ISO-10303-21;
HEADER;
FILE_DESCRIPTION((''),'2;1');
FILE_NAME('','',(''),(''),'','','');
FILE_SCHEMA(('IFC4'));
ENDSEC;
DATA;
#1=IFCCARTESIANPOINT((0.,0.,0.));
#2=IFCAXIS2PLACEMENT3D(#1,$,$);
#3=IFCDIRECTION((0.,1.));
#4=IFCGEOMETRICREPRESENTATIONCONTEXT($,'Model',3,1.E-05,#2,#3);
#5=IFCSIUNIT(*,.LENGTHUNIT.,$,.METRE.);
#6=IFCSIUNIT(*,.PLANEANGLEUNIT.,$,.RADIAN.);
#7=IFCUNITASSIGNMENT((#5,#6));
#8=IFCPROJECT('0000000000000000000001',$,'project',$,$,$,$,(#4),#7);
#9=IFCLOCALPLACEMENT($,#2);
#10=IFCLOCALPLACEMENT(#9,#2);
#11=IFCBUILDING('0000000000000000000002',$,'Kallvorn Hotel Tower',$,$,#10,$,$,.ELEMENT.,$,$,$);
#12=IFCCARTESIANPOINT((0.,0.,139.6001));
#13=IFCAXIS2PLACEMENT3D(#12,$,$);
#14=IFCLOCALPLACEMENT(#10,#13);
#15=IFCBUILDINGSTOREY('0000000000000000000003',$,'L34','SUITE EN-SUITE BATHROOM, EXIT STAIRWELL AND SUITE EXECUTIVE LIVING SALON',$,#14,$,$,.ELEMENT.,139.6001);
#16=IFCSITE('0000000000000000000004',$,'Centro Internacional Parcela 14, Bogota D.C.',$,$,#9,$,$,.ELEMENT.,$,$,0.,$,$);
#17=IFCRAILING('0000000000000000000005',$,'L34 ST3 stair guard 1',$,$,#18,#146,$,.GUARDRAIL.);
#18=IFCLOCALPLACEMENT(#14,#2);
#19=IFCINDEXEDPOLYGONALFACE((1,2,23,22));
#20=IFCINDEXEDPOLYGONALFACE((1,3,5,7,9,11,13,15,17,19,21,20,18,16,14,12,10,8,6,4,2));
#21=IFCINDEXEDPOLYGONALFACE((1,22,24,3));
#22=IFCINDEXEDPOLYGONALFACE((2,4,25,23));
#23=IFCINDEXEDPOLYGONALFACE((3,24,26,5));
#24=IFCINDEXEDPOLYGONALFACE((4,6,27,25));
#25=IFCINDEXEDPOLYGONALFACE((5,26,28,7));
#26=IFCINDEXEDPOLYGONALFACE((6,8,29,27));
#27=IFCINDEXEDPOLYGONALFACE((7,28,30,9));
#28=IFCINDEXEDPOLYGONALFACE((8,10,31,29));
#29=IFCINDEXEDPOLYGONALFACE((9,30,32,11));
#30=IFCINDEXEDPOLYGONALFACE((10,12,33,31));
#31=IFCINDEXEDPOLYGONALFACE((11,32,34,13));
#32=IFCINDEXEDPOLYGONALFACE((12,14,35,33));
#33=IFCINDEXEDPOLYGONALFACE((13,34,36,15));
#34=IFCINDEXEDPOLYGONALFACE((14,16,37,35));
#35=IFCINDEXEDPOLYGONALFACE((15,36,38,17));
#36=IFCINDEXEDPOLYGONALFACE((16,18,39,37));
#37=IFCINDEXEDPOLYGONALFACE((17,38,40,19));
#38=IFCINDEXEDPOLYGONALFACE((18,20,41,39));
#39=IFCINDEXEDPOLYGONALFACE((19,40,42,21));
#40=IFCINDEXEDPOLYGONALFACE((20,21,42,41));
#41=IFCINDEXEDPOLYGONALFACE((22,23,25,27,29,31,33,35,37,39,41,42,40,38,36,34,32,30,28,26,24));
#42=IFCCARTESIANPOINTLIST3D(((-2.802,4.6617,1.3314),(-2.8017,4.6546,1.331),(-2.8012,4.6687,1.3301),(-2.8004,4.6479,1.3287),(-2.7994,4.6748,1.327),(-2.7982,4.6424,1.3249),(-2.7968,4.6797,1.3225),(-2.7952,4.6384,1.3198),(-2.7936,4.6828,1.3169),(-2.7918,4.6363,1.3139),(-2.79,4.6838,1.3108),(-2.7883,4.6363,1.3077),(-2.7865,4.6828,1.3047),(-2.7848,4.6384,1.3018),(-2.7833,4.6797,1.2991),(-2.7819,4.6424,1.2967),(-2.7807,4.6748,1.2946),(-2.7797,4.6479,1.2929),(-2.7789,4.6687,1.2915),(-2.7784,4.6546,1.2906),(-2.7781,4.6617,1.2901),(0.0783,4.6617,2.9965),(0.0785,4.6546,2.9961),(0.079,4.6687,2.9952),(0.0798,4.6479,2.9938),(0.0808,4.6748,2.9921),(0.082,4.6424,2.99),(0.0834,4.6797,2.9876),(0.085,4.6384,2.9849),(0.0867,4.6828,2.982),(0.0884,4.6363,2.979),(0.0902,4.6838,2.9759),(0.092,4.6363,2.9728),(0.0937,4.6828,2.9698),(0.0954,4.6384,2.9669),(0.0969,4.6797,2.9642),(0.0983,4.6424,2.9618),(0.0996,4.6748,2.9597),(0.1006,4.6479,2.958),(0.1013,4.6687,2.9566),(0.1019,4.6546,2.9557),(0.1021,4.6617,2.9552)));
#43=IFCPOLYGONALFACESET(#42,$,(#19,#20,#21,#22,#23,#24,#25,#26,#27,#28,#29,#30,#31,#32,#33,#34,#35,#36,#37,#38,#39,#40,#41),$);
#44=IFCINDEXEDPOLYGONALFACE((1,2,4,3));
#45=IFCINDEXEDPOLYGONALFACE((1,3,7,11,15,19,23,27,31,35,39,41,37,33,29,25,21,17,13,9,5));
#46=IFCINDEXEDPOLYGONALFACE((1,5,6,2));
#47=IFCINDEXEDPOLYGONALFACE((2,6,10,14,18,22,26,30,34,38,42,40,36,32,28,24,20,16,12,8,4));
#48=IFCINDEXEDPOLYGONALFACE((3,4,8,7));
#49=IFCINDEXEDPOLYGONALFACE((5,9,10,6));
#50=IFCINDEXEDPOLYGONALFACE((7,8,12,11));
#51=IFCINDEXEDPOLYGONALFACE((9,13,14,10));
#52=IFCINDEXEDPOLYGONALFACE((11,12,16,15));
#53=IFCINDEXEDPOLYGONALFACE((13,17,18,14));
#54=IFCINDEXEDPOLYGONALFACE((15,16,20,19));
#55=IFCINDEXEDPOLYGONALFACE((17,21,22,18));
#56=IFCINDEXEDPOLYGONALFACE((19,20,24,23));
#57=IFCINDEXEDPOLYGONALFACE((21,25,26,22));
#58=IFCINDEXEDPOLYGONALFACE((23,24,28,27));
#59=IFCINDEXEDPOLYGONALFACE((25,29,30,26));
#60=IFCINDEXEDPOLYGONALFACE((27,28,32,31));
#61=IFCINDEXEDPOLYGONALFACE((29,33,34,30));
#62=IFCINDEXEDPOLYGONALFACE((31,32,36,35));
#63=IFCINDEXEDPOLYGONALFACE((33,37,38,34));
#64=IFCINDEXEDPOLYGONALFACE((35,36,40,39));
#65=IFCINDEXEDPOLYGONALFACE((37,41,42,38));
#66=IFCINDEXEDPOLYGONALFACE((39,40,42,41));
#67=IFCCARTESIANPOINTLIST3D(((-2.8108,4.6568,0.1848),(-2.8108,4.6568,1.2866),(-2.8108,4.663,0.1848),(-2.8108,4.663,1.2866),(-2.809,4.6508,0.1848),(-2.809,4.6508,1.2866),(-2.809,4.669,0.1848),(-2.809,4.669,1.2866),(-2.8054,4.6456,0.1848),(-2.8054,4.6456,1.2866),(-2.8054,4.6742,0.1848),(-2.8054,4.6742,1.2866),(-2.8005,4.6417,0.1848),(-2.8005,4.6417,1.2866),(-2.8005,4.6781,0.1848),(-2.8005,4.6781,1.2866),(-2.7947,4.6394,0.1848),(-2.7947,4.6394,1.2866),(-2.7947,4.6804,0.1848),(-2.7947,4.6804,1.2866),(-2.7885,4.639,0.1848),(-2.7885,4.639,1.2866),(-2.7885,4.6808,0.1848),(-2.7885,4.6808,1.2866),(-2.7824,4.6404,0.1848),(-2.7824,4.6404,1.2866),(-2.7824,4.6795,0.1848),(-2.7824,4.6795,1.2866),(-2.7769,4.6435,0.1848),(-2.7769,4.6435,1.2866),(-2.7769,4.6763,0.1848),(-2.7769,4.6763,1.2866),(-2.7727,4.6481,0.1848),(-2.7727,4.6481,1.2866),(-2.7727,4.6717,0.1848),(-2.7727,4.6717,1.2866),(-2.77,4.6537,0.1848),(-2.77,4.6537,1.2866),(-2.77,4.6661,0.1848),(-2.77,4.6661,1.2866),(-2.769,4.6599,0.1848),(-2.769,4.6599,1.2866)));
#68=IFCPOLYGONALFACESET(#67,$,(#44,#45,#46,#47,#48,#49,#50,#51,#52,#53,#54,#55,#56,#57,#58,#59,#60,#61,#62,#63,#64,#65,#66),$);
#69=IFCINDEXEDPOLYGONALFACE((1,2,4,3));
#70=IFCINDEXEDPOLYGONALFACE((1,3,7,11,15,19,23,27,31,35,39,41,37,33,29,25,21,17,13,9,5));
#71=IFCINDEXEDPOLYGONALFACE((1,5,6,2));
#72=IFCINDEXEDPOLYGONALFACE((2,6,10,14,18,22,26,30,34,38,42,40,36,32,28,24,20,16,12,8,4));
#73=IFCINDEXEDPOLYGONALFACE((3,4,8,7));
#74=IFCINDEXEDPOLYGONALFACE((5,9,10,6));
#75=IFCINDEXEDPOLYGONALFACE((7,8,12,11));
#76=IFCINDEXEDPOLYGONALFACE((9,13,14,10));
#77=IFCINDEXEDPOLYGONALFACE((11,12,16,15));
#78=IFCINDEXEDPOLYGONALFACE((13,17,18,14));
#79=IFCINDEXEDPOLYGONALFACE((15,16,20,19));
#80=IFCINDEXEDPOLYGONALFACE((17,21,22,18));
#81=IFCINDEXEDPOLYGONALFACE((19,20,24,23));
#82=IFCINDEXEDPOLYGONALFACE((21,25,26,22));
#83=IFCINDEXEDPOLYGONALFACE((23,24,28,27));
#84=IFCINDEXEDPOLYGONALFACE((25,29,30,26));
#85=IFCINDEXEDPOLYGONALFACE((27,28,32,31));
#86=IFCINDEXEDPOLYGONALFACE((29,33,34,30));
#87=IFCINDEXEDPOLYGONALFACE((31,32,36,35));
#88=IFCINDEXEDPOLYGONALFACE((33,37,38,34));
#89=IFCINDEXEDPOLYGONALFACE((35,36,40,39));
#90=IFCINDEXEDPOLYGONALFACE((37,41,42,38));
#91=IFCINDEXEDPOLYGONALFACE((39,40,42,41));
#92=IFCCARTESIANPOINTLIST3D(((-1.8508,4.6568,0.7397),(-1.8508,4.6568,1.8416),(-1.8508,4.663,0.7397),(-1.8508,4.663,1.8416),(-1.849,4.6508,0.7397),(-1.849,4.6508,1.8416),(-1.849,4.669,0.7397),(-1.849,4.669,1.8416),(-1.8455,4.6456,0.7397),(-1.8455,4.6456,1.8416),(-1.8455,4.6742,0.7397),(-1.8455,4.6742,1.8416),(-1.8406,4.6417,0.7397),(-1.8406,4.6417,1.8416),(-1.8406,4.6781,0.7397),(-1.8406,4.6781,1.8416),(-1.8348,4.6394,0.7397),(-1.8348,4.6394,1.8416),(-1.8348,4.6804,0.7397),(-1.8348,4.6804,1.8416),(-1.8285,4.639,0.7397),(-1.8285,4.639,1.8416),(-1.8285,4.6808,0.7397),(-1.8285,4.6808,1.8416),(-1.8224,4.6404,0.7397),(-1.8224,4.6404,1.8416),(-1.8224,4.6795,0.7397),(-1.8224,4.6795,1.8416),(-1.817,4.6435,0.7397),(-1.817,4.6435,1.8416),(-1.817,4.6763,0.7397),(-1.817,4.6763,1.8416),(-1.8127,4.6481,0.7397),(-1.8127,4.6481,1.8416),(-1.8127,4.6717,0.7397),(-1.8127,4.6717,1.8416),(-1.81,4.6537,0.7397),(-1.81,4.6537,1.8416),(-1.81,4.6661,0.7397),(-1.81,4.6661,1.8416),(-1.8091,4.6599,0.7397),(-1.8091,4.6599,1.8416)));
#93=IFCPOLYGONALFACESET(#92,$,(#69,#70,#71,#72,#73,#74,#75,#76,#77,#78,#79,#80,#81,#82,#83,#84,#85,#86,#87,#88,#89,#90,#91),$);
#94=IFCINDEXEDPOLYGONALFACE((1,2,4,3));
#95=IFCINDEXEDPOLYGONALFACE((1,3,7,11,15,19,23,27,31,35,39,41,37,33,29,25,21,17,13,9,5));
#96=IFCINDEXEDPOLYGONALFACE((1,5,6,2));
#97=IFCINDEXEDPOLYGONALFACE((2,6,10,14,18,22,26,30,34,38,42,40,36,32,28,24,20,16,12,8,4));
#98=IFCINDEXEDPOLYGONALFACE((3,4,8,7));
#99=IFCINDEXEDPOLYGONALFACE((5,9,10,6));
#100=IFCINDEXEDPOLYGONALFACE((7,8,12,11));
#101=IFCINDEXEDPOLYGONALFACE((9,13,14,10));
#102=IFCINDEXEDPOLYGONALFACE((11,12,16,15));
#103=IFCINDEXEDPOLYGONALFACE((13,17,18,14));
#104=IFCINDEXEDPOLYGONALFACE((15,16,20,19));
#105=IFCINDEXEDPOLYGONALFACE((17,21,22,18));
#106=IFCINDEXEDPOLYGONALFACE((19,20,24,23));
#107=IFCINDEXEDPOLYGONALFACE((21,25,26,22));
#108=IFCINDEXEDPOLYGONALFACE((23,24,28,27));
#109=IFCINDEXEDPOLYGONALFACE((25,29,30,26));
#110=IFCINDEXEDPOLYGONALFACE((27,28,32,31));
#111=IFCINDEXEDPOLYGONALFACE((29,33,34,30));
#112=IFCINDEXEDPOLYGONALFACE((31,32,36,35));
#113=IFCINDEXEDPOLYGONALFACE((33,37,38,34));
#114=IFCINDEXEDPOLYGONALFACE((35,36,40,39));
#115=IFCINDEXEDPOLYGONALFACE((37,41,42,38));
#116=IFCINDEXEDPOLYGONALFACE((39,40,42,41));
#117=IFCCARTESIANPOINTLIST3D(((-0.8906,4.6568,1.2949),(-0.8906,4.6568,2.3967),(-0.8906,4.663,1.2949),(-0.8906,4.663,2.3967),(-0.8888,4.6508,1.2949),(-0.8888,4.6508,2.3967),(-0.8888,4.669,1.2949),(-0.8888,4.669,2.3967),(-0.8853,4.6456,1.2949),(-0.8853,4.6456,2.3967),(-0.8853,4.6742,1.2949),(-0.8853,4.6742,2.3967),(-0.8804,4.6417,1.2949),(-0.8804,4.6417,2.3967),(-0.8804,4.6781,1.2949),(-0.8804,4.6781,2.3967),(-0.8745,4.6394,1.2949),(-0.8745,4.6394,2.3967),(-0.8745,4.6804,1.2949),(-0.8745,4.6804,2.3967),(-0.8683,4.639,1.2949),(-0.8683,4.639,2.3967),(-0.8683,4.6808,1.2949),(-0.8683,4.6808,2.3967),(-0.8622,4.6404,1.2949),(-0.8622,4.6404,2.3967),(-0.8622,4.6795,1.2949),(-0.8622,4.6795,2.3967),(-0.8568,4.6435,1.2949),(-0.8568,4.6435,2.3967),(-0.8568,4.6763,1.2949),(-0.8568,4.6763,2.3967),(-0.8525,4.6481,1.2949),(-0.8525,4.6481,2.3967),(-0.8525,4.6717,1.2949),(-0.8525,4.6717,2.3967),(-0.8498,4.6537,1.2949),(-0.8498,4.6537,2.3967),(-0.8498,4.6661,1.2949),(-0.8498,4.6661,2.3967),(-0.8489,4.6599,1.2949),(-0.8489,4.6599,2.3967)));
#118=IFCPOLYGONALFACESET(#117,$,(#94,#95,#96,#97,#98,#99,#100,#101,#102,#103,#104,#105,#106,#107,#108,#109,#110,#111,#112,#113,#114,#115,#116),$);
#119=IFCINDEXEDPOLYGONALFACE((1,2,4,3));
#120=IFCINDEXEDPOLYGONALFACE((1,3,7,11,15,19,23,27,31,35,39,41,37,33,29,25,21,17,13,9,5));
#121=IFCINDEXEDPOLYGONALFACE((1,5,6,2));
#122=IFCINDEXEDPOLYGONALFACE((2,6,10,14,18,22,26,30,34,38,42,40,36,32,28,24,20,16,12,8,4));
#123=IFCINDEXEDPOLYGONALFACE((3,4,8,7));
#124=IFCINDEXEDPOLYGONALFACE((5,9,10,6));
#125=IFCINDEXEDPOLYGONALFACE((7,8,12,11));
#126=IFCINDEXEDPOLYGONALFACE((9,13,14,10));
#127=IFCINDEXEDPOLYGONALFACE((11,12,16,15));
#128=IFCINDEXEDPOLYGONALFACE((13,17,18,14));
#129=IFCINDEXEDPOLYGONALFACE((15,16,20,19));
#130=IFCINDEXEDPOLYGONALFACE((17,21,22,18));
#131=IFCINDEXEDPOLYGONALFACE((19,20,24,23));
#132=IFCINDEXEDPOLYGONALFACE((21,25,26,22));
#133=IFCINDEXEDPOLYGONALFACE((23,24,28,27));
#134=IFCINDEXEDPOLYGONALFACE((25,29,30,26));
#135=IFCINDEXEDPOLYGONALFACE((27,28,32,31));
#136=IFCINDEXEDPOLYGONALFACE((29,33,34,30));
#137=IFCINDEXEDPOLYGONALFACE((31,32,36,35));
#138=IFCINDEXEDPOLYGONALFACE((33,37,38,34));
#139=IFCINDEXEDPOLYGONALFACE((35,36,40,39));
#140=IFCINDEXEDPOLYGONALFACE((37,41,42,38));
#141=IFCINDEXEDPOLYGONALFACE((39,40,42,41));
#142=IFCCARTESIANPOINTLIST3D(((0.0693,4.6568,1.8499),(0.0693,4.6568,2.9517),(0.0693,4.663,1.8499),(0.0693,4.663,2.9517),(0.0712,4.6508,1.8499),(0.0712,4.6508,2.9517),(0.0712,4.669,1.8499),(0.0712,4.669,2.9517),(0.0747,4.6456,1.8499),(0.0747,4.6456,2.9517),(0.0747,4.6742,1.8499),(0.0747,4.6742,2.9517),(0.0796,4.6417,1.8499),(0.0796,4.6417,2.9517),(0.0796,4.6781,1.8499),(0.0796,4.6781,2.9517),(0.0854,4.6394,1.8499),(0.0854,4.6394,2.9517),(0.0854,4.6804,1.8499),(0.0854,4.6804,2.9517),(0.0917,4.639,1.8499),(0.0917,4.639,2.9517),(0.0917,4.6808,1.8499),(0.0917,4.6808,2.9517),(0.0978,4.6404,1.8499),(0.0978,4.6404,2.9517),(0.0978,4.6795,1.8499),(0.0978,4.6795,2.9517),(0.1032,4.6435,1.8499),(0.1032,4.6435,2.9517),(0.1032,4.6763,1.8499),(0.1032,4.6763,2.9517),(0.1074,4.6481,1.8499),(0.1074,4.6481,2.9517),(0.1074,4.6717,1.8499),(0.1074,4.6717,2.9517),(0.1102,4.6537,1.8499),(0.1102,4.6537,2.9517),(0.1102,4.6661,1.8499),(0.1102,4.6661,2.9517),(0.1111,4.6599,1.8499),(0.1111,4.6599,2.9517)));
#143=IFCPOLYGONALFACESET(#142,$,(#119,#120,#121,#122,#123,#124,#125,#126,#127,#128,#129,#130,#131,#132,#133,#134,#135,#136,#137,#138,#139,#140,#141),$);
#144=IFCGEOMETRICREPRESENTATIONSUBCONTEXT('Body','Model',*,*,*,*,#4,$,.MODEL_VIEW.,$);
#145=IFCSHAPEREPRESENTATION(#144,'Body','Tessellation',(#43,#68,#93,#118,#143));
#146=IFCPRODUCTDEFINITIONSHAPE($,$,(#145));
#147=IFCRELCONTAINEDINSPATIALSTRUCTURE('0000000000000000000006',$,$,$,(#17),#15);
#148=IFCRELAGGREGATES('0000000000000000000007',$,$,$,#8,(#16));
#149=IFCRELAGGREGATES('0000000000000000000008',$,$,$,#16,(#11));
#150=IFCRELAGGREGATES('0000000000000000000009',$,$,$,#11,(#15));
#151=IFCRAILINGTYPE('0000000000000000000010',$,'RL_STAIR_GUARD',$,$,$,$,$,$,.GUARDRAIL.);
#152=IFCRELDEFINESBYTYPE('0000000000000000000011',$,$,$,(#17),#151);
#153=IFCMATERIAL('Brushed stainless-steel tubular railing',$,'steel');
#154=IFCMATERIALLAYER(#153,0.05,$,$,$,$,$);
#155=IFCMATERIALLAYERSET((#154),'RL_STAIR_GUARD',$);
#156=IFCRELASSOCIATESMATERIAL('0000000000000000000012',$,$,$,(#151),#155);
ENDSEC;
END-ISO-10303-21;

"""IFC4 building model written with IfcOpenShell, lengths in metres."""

from ifc_helpers import new_model, si_unit, direction, frame, origin, origin_2d, place, context, subcontext, project, spatial, circle, extrude, material, layer, layer_set, type_object, element, save


model = new_model("IFC4")

# Units and contexts
model_context = context("Model", 3, precision=1e-05, world=origin(), true_north=direction((0.0, 1.0)))
body_context = subcontext(model_context, "Body", "Model", "MODEL_VIEW")
ifc_project = project(units=[si_unit("LENGTHUNIT", "METRE"), si_unit("PLANEANGLEUNIT", "RADIAN")], contexts=[model_context])

# Site, building, storey
site_placement = place(None, origin())
site = spatial("IfcSite", under=ifc_project, at=site_placement, Name="Centro Internacional Parcela 14, Bogota D.C.", CompositionType="ELEMENT", RefElevation=0.0)
building_placement = place(site_placement, origin())
building = spatial("IfcBuilding", under=site, at=building_placement, Name="Kallvorn Hotel Tower", CompositionType="ELEMENT")
storey_placement = place(building_placement, frame((0.0, 0.0, 139.6001)))
storey = spatial("IfcBuildingStorey", under=building, at=storey_placement, Name="L34", Description="SUITE EN-SUITE BATHROOM, EXIT STAIRWELL AND SUITE EXECUTIVE LIVING SALON", CompositionType="ELEMENT", Elevation=139.6001)

# Railing
ifc_material_1 = material(Name="Brushed stainless-steel tubular railing", Category="steel")
ifc_layer_1 = layer(ifc_material_1, 0.05)
ifc_layer_set_1 = layer_set([ifc_layer_1], Name="RL_STAIR_GUARD")
railing_type_1 = type_object("IfcRailingType", Name="RL_STAIR_GUARD", PredefinedType="GUARDRAIL", material=ifc_layer_set_1)
railing_1_placement = place(storey_placement, frame((-2.79, 4.6599, 0.1848)))
element("IfcRailing", 1, at=railing_1_placement, inside=storey, type_object=railing_type_1, Name="L34 ST3 stair guard 1", PredefinedType="GUARDRAIL", context=body_context, shape_type="SweptSolid", body=[
    extrude(circle(Radius=0.0239, at=origin_2d()), frame((0.0, 0.0, 1.126), z_axis=(0.865739, 0.0, 0.500495), x_axis=(0.0, 1.0, 0.0)), (0.0, 0.0, 1.0), 3.3269),
    extrude(circle(Radius=0.021, at=origin_2d()), origin(), (0.0, 0.0, 1.0), 1.1018),
    extrude(circle(Radius=0.021, at=origin_2d()), frame((0.96, 0.0, 0.5549)), (0.0, 0.0, 1.0), 1.1018),
    extrude(circle(Radius=0.021, at=origin_2d()), frame((1.9202, 0.0, 1.1101)), (0.0, 0.0, 1.0), 1.1018),
    extrude(circle(Radius=0.021, at=origin_2d()), frame((2.8801, 0.0, 1.665)), (0.0, 0.0, 1.0), 1.1018),
])

save(model, "model.ifc")
